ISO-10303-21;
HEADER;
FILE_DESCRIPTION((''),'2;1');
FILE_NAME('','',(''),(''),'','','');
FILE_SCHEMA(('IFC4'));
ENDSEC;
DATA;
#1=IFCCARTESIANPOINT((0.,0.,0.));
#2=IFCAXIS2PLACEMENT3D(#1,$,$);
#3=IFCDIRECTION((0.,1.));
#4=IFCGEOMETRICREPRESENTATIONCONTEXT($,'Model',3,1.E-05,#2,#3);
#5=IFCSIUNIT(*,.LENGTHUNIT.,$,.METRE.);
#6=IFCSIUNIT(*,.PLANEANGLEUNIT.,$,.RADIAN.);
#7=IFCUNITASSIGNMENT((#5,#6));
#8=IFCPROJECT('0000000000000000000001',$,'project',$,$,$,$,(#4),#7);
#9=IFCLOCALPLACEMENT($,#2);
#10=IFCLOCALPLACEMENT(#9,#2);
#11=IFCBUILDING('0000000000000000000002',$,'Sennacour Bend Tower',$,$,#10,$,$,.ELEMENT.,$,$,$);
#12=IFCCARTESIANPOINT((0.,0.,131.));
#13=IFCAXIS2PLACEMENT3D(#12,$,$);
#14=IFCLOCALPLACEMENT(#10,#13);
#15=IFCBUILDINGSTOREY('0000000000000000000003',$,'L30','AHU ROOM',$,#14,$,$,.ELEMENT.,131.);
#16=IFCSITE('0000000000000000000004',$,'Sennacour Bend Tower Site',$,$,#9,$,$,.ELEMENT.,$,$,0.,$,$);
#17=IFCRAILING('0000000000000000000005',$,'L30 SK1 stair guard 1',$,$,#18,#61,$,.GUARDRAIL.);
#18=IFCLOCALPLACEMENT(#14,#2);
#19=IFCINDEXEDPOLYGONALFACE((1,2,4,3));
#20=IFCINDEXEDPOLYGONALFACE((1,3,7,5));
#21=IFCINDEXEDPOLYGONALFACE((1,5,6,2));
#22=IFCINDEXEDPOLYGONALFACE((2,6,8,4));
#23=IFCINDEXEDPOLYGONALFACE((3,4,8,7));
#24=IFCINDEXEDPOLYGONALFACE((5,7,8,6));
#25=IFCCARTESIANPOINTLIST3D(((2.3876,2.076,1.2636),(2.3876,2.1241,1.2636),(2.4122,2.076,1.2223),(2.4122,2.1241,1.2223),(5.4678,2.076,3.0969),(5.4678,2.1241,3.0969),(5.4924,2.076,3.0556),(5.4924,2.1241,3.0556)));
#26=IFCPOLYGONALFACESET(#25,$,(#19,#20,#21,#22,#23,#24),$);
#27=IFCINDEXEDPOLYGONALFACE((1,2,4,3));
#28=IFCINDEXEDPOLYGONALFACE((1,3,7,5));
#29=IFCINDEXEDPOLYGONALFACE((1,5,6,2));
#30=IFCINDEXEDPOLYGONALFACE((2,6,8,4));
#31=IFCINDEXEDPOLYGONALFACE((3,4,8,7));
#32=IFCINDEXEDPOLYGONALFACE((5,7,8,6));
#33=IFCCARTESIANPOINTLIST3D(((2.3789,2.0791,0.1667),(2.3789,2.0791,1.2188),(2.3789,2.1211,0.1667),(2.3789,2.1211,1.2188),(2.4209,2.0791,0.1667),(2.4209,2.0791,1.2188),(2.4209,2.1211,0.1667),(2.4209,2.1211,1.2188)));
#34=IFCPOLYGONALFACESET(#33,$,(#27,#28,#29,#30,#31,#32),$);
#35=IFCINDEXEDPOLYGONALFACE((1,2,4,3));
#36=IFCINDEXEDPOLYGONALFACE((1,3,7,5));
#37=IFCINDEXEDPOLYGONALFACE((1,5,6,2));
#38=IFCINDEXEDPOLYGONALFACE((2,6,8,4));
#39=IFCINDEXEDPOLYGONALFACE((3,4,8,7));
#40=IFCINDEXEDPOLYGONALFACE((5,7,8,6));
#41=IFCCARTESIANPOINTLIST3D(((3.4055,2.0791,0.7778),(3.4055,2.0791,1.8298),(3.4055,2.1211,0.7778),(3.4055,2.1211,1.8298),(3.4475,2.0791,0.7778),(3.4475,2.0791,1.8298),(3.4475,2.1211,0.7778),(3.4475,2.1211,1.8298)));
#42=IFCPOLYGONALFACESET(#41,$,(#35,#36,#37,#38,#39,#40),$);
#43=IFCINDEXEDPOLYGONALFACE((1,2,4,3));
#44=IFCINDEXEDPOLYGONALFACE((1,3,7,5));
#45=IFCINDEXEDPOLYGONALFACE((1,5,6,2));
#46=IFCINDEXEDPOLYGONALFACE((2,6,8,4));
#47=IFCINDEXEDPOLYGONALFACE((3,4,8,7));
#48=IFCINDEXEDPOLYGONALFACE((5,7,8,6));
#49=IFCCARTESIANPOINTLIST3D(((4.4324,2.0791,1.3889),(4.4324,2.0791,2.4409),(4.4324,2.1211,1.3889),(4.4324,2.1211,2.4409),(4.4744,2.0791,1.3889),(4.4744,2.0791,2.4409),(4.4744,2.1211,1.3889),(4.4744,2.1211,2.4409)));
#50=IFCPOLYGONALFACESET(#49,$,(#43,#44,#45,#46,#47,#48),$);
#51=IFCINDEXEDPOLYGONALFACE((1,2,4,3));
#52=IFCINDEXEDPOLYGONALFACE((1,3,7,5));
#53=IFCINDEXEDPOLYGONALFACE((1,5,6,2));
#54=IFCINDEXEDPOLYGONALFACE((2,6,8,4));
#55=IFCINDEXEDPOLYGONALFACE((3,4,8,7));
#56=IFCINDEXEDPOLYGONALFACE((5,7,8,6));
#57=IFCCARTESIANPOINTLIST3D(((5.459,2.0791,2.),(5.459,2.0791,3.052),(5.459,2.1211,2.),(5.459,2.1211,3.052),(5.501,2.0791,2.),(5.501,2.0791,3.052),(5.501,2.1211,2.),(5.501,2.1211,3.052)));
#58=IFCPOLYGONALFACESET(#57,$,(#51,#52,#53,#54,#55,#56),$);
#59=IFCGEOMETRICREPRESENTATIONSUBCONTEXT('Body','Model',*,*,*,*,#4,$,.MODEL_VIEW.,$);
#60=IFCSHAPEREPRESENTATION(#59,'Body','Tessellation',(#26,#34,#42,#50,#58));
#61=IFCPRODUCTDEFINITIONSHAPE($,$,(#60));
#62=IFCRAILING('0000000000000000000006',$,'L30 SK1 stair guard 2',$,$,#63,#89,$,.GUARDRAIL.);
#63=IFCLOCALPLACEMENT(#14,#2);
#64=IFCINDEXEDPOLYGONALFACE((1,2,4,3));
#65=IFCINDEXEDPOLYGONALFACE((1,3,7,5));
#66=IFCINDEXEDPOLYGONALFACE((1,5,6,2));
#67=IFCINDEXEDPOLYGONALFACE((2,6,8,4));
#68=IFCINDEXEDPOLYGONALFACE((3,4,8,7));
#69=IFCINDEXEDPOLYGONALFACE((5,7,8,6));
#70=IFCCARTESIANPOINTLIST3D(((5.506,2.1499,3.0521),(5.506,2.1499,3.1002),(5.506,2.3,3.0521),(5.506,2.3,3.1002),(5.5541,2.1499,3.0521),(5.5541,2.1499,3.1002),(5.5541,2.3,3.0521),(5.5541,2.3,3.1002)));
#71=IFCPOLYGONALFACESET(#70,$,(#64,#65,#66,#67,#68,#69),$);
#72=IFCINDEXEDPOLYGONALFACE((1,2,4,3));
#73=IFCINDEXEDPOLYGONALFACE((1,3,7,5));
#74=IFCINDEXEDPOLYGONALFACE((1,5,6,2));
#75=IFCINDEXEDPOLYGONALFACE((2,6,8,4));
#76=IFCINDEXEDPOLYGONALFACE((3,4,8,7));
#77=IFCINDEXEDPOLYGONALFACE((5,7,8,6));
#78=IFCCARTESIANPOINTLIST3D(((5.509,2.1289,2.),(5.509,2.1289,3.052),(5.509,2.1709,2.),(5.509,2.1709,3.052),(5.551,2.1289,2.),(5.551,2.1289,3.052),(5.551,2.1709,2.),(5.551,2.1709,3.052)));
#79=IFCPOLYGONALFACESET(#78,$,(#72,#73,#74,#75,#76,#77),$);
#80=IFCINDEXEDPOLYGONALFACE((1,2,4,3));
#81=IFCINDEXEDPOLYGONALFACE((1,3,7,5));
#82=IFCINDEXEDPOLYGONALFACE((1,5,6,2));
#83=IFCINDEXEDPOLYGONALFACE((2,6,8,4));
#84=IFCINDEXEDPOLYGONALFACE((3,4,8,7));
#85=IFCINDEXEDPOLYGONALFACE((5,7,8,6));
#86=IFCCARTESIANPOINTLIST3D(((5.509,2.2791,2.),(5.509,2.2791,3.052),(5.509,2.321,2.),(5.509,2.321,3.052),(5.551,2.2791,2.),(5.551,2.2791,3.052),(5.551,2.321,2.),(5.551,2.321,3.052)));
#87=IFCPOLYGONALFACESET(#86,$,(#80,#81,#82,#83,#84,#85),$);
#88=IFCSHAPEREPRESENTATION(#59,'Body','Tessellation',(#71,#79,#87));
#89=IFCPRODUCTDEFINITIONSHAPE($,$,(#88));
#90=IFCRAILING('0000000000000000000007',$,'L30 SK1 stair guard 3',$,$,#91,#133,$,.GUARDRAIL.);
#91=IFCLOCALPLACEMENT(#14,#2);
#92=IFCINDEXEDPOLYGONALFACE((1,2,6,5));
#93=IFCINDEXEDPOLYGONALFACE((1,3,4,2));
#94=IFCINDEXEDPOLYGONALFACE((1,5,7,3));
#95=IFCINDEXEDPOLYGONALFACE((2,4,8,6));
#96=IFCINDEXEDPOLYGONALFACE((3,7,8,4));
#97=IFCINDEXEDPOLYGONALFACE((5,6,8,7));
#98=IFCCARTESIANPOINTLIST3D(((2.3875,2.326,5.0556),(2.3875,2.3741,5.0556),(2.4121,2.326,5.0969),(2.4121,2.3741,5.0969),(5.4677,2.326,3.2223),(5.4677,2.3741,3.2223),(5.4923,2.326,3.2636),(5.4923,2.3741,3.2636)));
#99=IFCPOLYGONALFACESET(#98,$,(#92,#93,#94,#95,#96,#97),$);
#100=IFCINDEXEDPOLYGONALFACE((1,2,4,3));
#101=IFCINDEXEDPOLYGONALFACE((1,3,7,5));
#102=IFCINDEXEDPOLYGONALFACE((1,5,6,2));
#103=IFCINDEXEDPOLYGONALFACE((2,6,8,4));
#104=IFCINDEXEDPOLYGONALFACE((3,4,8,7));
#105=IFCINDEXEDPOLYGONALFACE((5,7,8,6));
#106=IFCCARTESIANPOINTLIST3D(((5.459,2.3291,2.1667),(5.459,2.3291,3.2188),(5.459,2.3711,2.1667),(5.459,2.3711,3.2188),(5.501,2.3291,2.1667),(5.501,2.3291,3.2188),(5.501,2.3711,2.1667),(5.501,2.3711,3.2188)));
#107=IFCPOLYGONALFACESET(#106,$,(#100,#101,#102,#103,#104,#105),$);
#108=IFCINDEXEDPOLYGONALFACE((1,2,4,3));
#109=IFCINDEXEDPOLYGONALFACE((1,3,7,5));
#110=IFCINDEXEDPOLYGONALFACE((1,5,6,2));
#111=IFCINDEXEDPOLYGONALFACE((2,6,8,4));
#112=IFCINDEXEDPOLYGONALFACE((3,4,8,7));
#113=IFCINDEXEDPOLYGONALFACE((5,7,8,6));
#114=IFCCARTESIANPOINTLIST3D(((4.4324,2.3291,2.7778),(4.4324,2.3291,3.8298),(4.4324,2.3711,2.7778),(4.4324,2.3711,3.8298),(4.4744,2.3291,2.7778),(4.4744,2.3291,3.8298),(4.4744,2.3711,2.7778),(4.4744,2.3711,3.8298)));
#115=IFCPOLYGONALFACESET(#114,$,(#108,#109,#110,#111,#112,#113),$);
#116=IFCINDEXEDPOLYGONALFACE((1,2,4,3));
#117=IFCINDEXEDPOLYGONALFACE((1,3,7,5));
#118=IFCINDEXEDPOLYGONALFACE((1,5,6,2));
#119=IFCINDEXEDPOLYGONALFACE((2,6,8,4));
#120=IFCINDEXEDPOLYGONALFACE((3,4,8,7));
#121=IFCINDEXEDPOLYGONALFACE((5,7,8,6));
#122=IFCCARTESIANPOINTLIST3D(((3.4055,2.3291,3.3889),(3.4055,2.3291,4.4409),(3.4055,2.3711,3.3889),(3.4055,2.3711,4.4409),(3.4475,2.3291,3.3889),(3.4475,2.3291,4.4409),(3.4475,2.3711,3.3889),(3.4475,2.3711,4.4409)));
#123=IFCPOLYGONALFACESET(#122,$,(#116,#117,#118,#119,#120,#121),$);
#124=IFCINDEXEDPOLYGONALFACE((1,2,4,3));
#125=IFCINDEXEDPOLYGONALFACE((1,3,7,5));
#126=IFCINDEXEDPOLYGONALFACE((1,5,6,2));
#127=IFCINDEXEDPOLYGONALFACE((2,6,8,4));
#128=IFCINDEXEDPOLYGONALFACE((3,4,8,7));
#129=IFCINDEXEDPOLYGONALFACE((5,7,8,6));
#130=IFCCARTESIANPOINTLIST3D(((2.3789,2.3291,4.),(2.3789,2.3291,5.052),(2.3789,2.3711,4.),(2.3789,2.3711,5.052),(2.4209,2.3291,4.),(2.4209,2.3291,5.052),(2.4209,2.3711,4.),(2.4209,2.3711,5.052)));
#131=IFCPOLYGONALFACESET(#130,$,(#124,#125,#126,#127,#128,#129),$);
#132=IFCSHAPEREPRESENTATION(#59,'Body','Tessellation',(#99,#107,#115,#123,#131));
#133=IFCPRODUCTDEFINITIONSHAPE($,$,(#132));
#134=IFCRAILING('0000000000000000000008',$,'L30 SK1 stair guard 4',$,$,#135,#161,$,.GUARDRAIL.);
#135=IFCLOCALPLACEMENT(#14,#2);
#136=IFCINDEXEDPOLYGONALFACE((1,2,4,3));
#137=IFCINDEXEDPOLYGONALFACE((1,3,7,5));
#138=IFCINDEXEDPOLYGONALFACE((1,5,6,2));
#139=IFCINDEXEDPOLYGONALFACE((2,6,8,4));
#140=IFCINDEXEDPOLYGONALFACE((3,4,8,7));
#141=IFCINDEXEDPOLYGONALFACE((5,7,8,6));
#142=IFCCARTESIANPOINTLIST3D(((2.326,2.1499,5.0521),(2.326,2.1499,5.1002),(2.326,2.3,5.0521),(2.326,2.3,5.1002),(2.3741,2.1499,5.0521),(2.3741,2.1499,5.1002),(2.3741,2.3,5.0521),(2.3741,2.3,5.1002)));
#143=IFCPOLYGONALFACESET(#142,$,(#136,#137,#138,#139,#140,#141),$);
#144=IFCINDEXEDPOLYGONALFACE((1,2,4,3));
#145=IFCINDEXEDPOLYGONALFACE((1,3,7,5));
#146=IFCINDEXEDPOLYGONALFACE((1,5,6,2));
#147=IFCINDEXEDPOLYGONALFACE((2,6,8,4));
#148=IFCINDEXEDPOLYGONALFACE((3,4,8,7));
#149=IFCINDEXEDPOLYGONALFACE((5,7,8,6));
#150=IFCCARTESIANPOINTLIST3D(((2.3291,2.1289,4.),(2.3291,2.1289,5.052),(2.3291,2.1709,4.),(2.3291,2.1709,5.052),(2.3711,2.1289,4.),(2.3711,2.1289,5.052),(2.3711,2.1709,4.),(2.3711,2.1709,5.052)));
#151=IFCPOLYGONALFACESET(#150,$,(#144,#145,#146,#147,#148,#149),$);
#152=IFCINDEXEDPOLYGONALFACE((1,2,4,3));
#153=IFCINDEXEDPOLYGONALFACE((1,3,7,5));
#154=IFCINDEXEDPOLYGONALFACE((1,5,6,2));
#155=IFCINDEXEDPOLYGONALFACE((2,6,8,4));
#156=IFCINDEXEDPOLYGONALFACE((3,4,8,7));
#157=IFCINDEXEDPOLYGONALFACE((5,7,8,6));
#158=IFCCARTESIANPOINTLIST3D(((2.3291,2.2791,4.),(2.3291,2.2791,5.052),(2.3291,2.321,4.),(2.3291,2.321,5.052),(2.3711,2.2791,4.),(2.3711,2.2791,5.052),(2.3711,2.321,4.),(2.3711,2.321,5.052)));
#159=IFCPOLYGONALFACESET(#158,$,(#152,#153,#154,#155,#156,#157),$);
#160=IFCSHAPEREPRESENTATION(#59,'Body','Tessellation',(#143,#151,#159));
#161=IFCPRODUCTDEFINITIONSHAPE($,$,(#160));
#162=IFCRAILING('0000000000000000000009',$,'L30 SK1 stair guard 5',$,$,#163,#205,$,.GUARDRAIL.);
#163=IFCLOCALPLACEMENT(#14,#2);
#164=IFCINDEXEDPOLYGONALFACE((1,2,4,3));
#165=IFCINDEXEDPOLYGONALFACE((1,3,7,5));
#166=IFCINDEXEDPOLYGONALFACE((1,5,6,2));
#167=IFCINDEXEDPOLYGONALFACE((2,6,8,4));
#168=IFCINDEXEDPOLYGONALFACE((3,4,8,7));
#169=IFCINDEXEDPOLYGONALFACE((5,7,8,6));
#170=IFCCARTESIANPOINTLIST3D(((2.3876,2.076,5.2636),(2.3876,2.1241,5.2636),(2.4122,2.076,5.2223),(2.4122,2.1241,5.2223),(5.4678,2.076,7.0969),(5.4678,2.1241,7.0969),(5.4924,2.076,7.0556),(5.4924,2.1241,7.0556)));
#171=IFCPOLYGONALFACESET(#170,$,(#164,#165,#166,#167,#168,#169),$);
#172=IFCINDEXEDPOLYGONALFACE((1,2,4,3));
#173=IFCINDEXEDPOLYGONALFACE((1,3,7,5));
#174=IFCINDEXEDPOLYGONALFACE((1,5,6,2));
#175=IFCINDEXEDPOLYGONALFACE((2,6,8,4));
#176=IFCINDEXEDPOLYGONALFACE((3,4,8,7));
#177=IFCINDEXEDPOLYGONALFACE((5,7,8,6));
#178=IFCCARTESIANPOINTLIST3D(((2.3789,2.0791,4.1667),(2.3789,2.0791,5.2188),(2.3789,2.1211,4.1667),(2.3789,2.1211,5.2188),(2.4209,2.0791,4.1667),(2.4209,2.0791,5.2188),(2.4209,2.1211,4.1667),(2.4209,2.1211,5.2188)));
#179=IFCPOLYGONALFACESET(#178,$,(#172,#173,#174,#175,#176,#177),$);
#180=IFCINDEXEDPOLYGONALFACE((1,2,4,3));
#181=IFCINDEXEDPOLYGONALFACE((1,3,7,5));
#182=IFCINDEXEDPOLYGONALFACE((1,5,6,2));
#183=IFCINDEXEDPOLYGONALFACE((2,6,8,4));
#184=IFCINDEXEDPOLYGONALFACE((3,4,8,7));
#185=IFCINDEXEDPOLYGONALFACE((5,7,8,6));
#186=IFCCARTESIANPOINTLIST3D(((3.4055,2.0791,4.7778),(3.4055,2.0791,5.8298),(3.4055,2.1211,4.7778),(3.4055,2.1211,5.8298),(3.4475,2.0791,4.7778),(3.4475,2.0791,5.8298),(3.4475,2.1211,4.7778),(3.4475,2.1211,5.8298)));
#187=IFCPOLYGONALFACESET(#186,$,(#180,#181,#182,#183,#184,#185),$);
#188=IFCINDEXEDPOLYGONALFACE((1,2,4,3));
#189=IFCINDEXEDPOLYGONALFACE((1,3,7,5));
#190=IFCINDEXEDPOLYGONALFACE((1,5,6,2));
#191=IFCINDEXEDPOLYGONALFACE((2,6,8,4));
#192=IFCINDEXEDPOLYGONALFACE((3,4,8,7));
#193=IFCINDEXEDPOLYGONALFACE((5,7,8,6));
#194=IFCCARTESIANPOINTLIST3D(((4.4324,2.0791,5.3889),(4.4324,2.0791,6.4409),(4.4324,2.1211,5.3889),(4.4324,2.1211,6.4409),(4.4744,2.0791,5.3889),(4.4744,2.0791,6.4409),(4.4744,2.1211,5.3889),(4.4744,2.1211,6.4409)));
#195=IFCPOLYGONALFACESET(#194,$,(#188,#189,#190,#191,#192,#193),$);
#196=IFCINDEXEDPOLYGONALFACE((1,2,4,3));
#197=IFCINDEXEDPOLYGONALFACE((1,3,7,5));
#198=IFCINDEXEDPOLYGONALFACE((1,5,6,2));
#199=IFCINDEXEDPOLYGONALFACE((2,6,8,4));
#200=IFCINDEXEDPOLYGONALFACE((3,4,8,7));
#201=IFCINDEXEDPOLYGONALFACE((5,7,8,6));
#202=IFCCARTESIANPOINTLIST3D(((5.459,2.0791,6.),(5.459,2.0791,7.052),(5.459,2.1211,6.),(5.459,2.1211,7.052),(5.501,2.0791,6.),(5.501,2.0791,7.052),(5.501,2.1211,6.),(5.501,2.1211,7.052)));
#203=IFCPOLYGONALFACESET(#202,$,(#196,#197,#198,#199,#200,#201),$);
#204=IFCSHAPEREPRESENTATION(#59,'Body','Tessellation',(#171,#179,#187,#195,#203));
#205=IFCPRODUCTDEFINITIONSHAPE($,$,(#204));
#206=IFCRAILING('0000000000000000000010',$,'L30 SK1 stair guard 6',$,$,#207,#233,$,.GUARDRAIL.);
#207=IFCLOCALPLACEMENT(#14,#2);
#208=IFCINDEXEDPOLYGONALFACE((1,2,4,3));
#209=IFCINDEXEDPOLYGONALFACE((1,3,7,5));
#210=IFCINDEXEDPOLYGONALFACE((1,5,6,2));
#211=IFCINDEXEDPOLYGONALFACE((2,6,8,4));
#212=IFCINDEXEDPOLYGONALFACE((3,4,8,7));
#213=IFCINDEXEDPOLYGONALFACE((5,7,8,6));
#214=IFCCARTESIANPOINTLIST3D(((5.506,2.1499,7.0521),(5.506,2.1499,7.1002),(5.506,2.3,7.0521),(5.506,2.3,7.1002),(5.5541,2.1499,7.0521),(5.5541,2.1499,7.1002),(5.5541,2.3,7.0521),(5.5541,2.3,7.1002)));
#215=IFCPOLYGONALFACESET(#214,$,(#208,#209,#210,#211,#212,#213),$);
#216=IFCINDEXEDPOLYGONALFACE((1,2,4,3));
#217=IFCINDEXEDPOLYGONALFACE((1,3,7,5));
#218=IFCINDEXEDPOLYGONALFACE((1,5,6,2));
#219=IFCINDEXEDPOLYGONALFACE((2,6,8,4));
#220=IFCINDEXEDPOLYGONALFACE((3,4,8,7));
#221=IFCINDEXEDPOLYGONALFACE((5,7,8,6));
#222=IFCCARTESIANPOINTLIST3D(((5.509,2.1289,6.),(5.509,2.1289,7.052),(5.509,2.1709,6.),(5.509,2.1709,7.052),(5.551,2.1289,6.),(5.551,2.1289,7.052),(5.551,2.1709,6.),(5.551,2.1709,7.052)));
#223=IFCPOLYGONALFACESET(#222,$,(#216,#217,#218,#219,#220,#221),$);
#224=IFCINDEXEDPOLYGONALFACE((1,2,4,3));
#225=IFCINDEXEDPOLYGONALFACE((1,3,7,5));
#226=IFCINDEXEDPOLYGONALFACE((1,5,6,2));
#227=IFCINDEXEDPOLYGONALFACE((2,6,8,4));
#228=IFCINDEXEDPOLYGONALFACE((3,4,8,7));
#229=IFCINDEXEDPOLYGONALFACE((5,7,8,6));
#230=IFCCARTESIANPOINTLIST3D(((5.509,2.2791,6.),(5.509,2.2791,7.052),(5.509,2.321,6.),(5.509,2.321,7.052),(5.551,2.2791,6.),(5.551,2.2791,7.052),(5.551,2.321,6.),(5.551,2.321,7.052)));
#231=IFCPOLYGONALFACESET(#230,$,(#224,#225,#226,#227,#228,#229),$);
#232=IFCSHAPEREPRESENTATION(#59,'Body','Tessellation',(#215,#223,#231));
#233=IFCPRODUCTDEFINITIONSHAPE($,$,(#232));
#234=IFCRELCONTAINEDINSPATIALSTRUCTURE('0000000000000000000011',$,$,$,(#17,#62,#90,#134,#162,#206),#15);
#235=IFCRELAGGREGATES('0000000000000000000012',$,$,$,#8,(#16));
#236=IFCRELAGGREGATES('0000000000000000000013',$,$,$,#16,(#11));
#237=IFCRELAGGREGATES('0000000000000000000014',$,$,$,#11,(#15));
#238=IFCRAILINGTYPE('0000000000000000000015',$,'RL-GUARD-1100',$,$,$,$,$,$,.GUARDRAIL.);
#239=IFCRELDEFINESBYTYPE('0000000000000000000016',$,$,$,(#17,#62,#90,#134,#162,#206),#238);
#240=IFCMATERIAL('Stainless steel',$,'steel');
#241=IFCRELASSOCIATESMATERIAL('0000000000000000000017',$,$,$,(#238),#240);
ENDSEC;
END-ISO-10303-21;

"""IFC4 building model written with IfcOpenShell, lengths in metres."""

from ifc_helpers import new_model, si_unit, direction, frame, origin, origin_2d, place, context, subcontext, project, spatial, rectangle, extrude, material, type_object, element, save


model = new_model("IFC4")

# Units and contexts
model_context = context("Model", 3, precision=1e-05, world=origin(), true_north=direction((0.0, 1.0)))
body_context = subcontext(model_context, "Body", "Model", "MODEL_VIEW")
ifc_project = project(units=[si_unit("LENGTHUNIT", "METRE"), si_unit("PLANEANGLEUNIT", "RADIAN")], contexts=[model_context])

# Site, building, storey
site_placement = place(None, origin())
site = spatial("IfcSite", under=ifc_project, at=site_placement, Name="Sennacour Bend Tower Site", CompositionType="ELEMENT", RefElevation=0.0)
building_placement = place(site_placement, origin())
building = spatial("IfcBuilding", under=site, at=building_placement, Name="Sennacour Bend Tower", CompositionType="ELEMENT")
storey_placement = place(building_placement, frame((0.0, 0.0, 131.0)))
storey = spatial("IfcBuildingStorey", under=building, at=storey_placement, Name="L30", Description="AHU ROOM", CompositionType="ELEMENT", Elevation=131.0)

# Railings
ifc_material_1 = material(Name="Stainless steel", Category="steel")
railing_type_1 = type_object("IfcRailingType", Name="RL-GUARD-1100", PredefinedType="GUARDRAIL", material=ifc_material_1)
railing_1_placement = place(storey_placement, frame((2.3999, 2.1001, 0.1667)))
element("IfcRailing", 1, at=railing_1_placement, inside=storey, type_object=railing_type_1, Name="L30 SK1 stair guard 1", PredefinedType="GUARDRAIL", context=body_context, shape_type="SweptSolid", body=[
    extrude(rectangle(XDim=0.0481, YDim=0.0481, at=origin_2d()), frame((0.0, 0.0, 1.0762), z_axis=(0.859309, 0.0, 0.511458), x_axis=(0.0, 1.0, 0.0)), (0.0, 0.0, 1.0), 3.5845),
    extrude(rectangle(XDim=0.042, YDim=0.042, at=origin_2d()), origin(), (0.0, 0.0, 1.0), 1.052),
    extrude(rectangle(XDim=0.042, YDim=0.042, at=origin_2d()), frame((1.0266, 0.0, 0.6111)), (0.0, 0.0, 1.0), 1.052),
    extrude(rectangle(XDim=0.042, YDim=0.042, at=origin_2d()), frame((2.0535, 0.0, 1.2222)), (0.0, 0.0, 1.0), 1.052),
    extrude(rectangle(XDim=0.042, YDim=0.042, at=origin_2d()), frame((3.0801, 0.0, 1.8333)), (0.0, 0.0, 1.0), 1.052),
])
railing_2_placement = place(storey_placement, frame((5.53, 2.1499, 2.0)))
element("IfcRailing", 2, at=railing_2_placement, inside=storey, type_object=railing_type_1, Name="L30 SK1 stair guard 2", PredefinedType="GUARDRAIL", context=body_context, shape_type="SweptSolid", body=[
    extrude(rectangle(XDim=0.0481, YDim=0.0481, at=origin_2d()), frame((0.0, 0.0, 1.0762), z_axis=(0.0, 1.0, 0.0), x_axis=(-1.0, 0.0, 0.0)), (0.0, 0.0, 1.0), 0.1501),
    extrude(rectangle(XDim=0.042, YDim=0.042, at=origin_2d()), origin(), (0.0, 0.0, 1.0), 1.052),
    extrude(rectangle(XDim=0.042, YDim=0.042, at=origin_2d()), frame((0.0, 0.1501, 0.0)), (0.0, 0.0, 1.0), 1.052),
])
railing_3_placement = place(storey_placement, frame((5.48, 2.3501, 2.1667)))
element("IfcRailing", 3, at=railing_3_placement, inside=storey, type_object=railing_type_1, Name="L30 SK1 stair guard 3", PredefinedType="GUARDRAIL", context=body_context, shape_type="SweptSolid", body=[
    extrude(rectangle(XDim=0.0481, YDim=0.0481, at=origin_2d()), frame((0.0, 0.0, 1.0762), z_axis=(-0.859309, 0.0, 0.511458), x_axis=(0.0, -1.0, 0.0)), (0.0, 0.0, 1.0), 3.5845),
    extrude(rectangle(XDim=0.042, YDim=0.042, at=origin_2d()), origin(), (0.0, 0.0, 1.0), 1.052),
    extrude(rectangle(XDim=0.042, YDim=0.042, at=origin_2d()), frame((-1.0266, 0.0, 0.6111)), (0.0, 0.0, 1.0), 1.052),
    extrude(rectangle(XDim=0.042, YDim=0.042, at=origin_2d()), frame((-2.0535, 0.0, 1.2222)), (0.0, 0.0, 1.0), 1.052),
    extrude(rectangle(XDim=0.042, YDim=0.042, at=origin_2d()), frame((-3.0801, 0.0, 1.8333)), (0.0, 0.0, 1.0), 1.052),
])
railing_4_placement = place(storey_placement, frame((2.3501, 2.1499, 4.0)))
element("IfcRailing", 4, at=railing_4_placement, inside=storey, type_object=railing_type_1, Name="L30 SK1 stair guard 4", PredefinedType="GUARDRAIL", context=body_context, shape_type="SweptSolid", body=[
    extrude(rectangle(XDim=0.0481, YDim=0.0481, at=origin_2d()), frame((0.0, 0.0, 1.0762), z_axis=(0.0, 1.0, 0.0), x_axis=(-1.0, 0.0, 0.0)), (0.0, 0.0, 1.0), 0.1501),
    extrude(rectangle(XDim=0.042, YDim=0.042, at=origin_2d()), origin(), (0.0, 0.0, 1.0), 1.052),
    extrude(rectangle(XDim=0.042, YDim=0.042, at=origin_2d()), frame((0.0, 0.1501, 0.0)), (0.0, 0.0, 1.0), 1.052),
])
railing_5_placement = place(storey_placement, frame((2.3999, 2.1001, 4.1667)))
element("IfcRailing", 5, at=railing_5_placement, inside=storey, type_object=railing_type_1, Name="L30 SK1 stair guard 5", PredefinedType="GUARDRAIL", context=body_context, shape_type="SweptSolid", body=[
    extrude(rectangle(XDim=0.0481, YDim=0.0481, at=origin_2d()), frame((0.0, 0.0, 1.0762), z_axis=(0.859309, 0.0, 0.511458), x_axis=(0.0, 1.0, 0.0)), (0.0, 0.0, 1.0), 3.5845),
    extrude(rectangle(XDim=0.042, YDim=0.042, at=origin_2d()), origin(), (0.0, 0.0, 1.0), 1.052),
    extrude(rectangle(XDim=0.042, YDim=0.042, at=origin_2d()), frame((1.0266, 0.0, 0.6111)), (0.0, 0.0, 1.0), 1.052),
    extrude(rectangle(XDim=0.042, YDim=0.042, at=origin_2d()), frame((2.0535, 0.0, 1.2222)), (0.0, 0.0, 1.0), 1.052),
    extrude(rectangle(XDim=0.042, YDim=0.042, at=origin_2d()), frame((3.0801, 0.0, 1.8333)), (0.0, 0.0, 1.0), 1.052),
])
railing_6_placement = place(storey_placement, frame((5.53, 2.1499, 6.0)))
element("IfcRailing", 6, at=railing_6_placement, inside=storey, type_object=railing_type_1, Name="L30 SK1 stair guard 6", PredefinedType="GUARDRAIL", context=body_context, shape_type="SweptSolid", body=[
    extrude(rectangle(XDim=0.0481, YDim=0.0481, at=origin_2d()), frame((0.0, 0.0, 1.0762), z_axis=(0.0, 1.0, 0.0), x_axis=(-1.0, 0.0, 0.0)), (0.0, 0.0, 1.0), 0.1501),
    extrude(rectangle(XDim=0.042, YDim=0.042, at=origin_2d()), origin(), (0.0, 0.0, 1.0), 1.052),
    extrude(rectangle(XDim=0.042, YDim=0.042, at=origin_2d()), frame((0.0, 0.1501, 0.0)), (0.0, 0.0, 1.0), 1.052),
])

save(model, "model.ifc")
